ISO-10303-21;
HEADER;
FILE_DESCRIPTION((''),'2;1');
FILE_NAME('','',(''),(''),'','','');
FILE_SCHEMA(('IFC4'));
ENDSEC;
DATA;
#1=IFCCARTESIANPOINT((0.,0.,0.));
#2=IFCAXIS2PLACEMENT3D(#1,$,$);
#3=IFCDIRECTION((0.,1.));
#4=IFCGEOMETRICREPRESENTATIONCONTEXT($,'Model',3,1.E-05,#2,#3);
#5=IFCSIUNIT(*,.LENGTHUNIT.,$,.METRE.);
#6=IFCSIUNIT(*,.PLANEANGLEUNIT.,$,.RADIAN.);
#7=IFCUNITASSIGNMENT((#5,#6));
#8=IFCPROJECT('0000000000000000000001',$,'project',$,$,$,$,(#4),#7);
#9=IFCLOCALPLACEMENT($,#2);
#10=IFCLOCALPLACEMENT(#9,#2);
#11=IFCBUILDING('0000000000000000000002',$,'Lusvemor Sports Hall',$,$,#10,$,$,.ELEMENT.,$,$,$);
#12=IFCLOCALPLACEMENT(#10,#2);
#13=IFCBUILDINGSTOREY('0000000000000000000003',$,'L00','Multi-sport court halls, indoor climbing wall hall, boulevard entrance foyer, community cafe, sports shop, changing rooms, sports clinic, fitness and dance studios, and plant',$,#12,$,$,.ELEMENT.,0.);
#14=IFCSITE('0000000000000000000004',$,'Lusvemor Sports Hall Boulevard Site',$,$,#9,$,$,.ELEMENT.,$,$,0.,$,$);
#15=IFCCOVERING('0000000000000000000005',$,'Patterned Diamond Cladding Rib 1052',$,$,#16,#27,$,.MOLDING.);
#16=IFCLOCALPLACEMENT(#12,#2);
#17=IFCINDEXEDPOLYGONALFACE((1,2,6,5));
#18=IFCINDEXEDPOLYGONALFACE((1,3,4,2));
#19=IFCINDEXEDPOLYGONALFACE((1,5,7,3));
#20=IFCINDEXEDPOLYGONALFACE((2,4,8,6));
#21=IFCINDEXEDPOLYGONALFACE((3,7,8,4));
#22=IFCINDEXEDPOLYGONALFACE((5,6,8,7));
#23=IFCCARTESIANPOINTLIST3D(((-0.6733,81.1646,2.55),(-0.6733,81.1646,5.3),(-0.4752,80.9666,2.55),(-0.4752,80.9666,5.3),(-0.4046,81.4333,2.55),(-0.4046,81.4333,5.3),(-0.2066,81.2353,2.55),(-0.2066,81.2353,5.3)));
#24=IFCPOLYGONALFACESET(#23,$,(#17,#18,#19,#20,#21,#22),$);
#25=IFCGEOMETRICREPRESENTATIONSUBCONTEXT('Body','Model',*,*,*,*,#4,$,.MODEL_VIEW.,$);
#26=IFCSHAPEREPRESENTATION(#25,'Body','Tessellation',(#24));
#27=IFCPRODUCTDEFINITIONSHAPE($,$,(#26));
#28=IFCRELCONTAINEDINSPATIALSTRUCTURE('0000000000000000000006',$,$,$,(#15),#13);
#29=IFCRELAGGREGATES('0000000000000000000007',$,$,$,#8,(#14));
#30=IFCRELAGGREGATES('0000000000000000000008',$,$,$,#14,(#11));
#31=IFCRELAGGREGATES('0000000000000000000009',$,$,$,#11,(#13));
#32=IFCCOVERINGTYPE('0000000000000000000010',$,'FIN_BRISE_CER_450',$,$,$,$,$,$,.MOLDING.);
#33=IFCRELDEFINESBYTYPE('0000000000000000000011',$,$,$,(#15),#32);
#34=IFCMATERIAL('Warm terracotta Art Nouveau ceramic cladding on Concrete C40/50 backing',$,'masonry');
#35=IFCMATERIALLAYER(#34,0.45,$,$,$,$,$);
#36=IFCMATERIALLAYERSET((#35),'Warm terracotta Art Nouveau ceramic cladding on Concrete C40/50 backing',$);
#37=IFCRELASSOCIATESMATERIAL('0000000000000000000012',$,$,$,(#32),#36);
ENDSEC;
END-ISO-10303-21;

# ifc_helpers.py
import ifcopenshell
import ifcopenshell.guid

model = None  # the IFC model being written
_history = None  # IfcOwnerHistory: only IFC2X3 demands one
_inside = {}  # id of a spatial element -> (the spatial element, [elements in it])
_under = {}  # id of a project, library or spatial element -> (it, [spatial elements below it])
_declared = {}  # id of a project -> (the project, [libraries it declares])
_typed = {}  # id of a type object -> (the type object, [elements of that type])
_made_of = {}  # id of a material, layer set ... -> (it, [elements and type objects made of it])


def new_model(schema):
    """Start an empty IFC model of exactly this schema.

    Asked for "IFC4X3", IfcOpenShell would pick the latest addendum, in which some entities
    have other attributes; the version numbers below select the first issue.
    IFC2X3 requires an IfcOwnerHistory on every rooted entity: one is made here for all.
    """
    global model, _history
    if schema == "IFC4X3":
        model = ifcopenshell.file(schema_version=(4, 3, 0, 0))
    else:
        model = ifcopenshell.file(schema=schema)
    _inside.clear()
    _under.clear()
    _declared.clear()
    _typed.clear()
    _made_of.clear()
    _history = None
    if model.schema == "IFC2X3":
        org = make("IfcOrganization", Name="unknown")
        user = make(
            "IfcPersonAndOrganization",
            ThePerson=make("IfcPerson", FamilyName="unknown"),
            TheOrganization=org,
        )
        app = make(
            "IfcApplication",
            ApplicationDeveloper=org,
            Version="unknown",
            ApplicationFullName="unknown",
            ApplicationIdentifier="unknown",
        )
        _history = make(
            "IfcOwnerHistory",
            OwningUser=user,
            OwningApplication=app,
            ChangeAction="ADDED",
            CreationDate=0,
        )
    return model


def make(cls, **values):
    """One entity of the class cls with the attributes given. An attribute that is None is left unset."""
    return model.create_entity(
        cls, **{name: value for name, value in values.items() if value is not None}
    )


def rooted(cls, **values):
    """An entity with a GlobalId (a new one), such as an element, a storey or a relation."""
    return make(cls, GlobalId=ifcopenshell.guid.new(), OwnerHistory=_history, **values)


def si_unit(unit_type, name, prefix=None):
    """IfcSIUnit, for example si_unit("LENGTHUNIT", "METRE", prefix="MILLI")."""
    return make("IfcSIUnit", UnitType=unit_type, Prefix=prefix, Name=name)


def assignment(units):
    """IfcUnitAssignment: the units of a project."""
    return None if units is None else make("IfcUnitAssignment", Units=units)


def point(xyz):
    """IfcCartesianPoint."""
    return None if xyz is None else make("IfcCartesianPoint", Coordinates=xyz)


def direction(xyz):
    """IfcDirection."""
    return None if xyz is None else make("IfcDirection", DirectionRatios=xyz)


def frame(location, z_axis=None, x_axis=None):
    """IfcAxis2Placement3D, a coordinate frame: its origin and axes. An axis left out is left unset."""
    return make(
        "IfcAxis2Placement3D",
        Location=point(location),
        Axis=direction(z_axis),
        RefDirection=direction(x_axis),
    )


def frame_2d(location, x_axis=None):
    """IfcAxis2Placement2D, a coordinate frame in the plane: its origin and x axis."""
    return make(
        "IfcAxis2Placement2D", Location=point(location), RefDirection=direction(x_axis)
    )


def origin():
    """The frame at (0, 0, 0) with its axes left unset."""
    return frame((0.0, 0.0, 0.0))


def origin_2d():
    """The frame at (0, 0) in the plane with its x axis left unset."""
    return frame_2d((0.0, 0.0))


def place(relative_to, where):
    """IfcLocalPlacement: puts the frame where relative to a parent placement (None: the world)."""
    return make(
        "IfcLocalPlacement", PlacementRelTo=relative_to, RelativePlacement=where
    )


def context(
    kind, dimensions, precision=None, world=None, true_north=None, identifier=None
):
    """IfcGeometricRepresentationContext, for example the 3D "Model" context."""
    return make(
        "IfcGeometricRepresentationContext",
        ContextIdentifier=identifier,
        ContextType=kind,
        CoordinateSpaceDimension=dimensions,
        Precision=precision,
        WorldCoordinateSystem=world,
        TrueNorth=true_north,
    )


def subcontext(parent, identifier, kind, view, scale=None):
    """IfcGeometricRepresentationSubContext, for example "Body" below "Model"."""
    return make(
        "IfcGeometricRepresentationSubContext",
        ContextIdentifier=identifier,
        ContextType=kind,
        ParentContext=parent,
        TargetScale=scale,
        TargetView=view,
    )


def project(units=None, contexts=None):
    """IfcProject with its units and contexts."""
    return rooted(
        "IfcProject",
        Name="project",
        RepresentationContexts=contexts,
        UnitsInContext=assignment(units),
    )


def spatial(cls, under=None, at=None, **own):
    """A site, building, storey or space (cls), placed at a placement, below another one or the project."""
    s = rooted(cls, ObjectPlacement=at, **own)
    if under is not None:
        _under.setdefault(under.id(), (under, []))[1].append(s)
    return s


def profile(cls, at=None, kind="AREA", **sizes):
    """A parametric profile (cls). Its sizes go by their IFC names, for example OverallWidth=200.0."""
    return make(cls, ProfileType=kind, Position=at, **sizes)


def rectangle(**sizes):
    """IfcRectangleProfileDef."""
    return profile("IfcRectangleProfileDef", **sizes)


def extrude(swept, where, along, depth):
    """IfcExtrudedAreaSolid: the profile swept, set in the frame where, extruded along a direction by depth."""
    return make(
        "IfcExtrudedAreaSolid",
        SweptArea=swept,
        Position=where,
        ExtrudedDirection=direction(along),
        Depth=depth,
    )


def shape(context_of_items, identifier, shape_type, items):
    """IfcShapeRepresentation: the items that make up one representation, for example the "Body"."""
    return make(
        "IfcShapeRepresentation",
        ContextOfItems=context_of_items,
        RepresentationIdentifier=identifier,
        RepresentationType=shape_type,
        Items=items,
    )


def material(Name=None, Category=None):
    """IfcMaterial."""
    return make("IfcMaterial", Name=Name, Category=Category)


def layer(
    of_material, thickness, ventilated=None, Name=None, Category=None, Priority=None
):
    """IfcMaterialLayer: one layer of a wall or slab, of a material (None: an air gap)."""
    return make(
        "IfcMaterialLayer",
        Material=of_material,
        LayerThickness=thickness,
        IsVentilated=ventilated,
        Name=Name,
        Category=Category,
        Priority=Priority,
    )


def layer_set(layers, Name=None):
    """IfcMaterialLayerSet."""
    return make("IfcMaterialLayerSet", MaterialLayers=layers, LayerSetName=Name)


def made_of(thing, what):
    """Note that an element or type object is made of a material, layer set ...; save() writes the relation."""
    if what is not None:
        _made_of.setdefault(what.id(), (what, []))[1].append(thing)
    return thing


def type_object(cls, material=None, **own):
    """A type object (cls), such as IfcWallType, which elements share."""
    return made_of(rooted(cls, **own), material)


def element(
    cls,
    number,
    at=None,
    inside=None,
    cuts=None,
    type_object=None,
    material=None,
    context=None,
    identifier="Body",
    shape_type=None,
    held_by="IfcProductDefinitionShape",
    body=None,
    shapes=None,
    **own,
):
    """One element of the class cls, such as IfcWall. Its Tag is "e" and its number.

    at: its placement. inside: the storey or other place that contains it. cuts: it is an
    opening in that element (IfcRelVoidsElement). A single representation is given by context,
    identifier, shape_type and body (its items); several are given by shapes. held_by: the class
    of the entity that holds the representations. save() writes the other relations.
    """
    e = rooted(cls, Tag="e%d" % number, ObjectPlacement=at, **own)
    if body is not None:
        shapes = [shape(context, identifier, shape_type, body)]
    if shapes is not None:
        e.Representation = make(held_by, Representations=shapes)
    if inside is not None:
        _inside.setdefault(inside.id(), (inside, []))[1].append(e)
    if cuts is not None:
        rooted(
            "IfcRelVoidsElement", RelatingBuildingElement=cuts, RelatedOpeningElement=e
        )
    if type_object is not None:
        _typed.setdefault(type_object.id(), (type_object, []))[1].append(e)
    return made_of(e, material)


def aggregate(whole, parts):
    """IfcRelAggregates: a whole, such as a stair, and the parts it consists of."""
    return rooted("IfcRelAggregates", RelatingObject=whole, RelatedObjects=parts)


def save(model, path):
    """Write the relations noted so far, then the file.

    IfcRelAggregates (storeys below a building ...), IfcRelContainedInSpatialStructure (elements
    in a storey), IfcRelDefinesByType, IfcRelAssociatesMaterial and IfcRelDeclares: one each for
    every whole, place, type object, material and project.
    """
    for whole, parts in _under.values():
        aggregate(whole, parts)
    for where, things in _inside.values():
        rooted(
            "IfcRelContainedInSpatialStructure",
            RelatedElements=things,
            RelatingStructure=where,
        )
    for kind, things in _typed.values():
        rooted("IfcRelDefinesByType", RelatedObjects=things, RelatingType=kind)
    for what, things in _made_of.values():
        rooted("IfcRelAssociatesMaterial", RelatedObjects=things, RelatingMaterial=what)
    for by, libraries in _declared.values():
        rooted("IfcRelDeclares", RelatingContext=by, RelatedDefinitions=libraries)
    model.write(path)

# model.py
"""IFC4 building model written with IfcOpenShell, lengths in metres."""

from ifc_helpers import new_model, si_unit, direction, frame, origin, origin_2d, place, context, subcontext, project, spatial, rectangle, extrude, material, layer, layer_set, type_object, element, save


model = new_model("IFC4")

# Units and contexts
model_context = context("Model", 3, precision=1e-05, world=origin(), true_north=direction((0.0, 1.0)))
body_context = subcontext(model_context, "Body", "Model", "MODEL_VIEW")
ifc_project = project(units=[si_unit("LENGTHUNIT", "METRE"), si_unit("PLANEANGLEUNIT", "RADIAN")], contexts=[model_context])

# Site, building, storey
site_placement = place(None, origin())
site = spatial("IfcSite", under=ifc_project, at=site_placement, Name="Lusvemor Sports Hall Boulevard Site", CompositionType="ELEMENT", RefElevation=0.0)
building_placement = place(site_placement, origin())
building = spatial("IfcBuilding", under=site, at=building_placement, Name="Lusvemor Sports Hall", CompositionType="ELEMENT")
storey_placement = place(building_placement, origin())
storey = spatial("IfcBuildingStorey", under=building, at=storey_placement, Name="L00", Description="Multi-sport court halls, indoor climbing wall hall, boulevard entrance foyer, community cafe, sports shop, changing rooms, sports clinic, fitness and dance studios, and plant", CompositionType="ELEMENT", Elevation=0.0)

# Covering
ifc_material_1 = material(Name="Warm terracotta Art Nouveau ceramic cladding on Concrete C40/50 backing", Category="masonry")
ifc_layer_1 = layer(ifc_material_1, 0.45)
ifc_layer_set_1 = layer_set([ifc_layer_1], Name="Warm terracotta Art Nouveau ceramic cladding on Concrete C40/50 backing")
covering_type = type_object("IfcCoveringType", Name="FIN_BRISE_CER_450", PredefinedType="MOLDING", material=ifc_layer_set_1)
covering_placement = place(storey_placement, frame((-0.4399, 81.2, 2.55), z_axis=(0.0, 0.0, 1.0), x_axis=(0.707107, 0.707107, 0.0)))
element("IfcCovering", 1, at=covering_placement, inside=storey, type_object=covering_type, Name="Patterned Diamond Cladding Rib 1052", PredefinedType="MOLDING", context=body_context, shape_type="SweptSolid", body=[
    extrude(rectangle(XDim=0.3799, YDim=0.28, at=origin_2d()), origin(), (0.0, 0.0, 1.0), 2.75),
])

save(model, "model.ifc")
